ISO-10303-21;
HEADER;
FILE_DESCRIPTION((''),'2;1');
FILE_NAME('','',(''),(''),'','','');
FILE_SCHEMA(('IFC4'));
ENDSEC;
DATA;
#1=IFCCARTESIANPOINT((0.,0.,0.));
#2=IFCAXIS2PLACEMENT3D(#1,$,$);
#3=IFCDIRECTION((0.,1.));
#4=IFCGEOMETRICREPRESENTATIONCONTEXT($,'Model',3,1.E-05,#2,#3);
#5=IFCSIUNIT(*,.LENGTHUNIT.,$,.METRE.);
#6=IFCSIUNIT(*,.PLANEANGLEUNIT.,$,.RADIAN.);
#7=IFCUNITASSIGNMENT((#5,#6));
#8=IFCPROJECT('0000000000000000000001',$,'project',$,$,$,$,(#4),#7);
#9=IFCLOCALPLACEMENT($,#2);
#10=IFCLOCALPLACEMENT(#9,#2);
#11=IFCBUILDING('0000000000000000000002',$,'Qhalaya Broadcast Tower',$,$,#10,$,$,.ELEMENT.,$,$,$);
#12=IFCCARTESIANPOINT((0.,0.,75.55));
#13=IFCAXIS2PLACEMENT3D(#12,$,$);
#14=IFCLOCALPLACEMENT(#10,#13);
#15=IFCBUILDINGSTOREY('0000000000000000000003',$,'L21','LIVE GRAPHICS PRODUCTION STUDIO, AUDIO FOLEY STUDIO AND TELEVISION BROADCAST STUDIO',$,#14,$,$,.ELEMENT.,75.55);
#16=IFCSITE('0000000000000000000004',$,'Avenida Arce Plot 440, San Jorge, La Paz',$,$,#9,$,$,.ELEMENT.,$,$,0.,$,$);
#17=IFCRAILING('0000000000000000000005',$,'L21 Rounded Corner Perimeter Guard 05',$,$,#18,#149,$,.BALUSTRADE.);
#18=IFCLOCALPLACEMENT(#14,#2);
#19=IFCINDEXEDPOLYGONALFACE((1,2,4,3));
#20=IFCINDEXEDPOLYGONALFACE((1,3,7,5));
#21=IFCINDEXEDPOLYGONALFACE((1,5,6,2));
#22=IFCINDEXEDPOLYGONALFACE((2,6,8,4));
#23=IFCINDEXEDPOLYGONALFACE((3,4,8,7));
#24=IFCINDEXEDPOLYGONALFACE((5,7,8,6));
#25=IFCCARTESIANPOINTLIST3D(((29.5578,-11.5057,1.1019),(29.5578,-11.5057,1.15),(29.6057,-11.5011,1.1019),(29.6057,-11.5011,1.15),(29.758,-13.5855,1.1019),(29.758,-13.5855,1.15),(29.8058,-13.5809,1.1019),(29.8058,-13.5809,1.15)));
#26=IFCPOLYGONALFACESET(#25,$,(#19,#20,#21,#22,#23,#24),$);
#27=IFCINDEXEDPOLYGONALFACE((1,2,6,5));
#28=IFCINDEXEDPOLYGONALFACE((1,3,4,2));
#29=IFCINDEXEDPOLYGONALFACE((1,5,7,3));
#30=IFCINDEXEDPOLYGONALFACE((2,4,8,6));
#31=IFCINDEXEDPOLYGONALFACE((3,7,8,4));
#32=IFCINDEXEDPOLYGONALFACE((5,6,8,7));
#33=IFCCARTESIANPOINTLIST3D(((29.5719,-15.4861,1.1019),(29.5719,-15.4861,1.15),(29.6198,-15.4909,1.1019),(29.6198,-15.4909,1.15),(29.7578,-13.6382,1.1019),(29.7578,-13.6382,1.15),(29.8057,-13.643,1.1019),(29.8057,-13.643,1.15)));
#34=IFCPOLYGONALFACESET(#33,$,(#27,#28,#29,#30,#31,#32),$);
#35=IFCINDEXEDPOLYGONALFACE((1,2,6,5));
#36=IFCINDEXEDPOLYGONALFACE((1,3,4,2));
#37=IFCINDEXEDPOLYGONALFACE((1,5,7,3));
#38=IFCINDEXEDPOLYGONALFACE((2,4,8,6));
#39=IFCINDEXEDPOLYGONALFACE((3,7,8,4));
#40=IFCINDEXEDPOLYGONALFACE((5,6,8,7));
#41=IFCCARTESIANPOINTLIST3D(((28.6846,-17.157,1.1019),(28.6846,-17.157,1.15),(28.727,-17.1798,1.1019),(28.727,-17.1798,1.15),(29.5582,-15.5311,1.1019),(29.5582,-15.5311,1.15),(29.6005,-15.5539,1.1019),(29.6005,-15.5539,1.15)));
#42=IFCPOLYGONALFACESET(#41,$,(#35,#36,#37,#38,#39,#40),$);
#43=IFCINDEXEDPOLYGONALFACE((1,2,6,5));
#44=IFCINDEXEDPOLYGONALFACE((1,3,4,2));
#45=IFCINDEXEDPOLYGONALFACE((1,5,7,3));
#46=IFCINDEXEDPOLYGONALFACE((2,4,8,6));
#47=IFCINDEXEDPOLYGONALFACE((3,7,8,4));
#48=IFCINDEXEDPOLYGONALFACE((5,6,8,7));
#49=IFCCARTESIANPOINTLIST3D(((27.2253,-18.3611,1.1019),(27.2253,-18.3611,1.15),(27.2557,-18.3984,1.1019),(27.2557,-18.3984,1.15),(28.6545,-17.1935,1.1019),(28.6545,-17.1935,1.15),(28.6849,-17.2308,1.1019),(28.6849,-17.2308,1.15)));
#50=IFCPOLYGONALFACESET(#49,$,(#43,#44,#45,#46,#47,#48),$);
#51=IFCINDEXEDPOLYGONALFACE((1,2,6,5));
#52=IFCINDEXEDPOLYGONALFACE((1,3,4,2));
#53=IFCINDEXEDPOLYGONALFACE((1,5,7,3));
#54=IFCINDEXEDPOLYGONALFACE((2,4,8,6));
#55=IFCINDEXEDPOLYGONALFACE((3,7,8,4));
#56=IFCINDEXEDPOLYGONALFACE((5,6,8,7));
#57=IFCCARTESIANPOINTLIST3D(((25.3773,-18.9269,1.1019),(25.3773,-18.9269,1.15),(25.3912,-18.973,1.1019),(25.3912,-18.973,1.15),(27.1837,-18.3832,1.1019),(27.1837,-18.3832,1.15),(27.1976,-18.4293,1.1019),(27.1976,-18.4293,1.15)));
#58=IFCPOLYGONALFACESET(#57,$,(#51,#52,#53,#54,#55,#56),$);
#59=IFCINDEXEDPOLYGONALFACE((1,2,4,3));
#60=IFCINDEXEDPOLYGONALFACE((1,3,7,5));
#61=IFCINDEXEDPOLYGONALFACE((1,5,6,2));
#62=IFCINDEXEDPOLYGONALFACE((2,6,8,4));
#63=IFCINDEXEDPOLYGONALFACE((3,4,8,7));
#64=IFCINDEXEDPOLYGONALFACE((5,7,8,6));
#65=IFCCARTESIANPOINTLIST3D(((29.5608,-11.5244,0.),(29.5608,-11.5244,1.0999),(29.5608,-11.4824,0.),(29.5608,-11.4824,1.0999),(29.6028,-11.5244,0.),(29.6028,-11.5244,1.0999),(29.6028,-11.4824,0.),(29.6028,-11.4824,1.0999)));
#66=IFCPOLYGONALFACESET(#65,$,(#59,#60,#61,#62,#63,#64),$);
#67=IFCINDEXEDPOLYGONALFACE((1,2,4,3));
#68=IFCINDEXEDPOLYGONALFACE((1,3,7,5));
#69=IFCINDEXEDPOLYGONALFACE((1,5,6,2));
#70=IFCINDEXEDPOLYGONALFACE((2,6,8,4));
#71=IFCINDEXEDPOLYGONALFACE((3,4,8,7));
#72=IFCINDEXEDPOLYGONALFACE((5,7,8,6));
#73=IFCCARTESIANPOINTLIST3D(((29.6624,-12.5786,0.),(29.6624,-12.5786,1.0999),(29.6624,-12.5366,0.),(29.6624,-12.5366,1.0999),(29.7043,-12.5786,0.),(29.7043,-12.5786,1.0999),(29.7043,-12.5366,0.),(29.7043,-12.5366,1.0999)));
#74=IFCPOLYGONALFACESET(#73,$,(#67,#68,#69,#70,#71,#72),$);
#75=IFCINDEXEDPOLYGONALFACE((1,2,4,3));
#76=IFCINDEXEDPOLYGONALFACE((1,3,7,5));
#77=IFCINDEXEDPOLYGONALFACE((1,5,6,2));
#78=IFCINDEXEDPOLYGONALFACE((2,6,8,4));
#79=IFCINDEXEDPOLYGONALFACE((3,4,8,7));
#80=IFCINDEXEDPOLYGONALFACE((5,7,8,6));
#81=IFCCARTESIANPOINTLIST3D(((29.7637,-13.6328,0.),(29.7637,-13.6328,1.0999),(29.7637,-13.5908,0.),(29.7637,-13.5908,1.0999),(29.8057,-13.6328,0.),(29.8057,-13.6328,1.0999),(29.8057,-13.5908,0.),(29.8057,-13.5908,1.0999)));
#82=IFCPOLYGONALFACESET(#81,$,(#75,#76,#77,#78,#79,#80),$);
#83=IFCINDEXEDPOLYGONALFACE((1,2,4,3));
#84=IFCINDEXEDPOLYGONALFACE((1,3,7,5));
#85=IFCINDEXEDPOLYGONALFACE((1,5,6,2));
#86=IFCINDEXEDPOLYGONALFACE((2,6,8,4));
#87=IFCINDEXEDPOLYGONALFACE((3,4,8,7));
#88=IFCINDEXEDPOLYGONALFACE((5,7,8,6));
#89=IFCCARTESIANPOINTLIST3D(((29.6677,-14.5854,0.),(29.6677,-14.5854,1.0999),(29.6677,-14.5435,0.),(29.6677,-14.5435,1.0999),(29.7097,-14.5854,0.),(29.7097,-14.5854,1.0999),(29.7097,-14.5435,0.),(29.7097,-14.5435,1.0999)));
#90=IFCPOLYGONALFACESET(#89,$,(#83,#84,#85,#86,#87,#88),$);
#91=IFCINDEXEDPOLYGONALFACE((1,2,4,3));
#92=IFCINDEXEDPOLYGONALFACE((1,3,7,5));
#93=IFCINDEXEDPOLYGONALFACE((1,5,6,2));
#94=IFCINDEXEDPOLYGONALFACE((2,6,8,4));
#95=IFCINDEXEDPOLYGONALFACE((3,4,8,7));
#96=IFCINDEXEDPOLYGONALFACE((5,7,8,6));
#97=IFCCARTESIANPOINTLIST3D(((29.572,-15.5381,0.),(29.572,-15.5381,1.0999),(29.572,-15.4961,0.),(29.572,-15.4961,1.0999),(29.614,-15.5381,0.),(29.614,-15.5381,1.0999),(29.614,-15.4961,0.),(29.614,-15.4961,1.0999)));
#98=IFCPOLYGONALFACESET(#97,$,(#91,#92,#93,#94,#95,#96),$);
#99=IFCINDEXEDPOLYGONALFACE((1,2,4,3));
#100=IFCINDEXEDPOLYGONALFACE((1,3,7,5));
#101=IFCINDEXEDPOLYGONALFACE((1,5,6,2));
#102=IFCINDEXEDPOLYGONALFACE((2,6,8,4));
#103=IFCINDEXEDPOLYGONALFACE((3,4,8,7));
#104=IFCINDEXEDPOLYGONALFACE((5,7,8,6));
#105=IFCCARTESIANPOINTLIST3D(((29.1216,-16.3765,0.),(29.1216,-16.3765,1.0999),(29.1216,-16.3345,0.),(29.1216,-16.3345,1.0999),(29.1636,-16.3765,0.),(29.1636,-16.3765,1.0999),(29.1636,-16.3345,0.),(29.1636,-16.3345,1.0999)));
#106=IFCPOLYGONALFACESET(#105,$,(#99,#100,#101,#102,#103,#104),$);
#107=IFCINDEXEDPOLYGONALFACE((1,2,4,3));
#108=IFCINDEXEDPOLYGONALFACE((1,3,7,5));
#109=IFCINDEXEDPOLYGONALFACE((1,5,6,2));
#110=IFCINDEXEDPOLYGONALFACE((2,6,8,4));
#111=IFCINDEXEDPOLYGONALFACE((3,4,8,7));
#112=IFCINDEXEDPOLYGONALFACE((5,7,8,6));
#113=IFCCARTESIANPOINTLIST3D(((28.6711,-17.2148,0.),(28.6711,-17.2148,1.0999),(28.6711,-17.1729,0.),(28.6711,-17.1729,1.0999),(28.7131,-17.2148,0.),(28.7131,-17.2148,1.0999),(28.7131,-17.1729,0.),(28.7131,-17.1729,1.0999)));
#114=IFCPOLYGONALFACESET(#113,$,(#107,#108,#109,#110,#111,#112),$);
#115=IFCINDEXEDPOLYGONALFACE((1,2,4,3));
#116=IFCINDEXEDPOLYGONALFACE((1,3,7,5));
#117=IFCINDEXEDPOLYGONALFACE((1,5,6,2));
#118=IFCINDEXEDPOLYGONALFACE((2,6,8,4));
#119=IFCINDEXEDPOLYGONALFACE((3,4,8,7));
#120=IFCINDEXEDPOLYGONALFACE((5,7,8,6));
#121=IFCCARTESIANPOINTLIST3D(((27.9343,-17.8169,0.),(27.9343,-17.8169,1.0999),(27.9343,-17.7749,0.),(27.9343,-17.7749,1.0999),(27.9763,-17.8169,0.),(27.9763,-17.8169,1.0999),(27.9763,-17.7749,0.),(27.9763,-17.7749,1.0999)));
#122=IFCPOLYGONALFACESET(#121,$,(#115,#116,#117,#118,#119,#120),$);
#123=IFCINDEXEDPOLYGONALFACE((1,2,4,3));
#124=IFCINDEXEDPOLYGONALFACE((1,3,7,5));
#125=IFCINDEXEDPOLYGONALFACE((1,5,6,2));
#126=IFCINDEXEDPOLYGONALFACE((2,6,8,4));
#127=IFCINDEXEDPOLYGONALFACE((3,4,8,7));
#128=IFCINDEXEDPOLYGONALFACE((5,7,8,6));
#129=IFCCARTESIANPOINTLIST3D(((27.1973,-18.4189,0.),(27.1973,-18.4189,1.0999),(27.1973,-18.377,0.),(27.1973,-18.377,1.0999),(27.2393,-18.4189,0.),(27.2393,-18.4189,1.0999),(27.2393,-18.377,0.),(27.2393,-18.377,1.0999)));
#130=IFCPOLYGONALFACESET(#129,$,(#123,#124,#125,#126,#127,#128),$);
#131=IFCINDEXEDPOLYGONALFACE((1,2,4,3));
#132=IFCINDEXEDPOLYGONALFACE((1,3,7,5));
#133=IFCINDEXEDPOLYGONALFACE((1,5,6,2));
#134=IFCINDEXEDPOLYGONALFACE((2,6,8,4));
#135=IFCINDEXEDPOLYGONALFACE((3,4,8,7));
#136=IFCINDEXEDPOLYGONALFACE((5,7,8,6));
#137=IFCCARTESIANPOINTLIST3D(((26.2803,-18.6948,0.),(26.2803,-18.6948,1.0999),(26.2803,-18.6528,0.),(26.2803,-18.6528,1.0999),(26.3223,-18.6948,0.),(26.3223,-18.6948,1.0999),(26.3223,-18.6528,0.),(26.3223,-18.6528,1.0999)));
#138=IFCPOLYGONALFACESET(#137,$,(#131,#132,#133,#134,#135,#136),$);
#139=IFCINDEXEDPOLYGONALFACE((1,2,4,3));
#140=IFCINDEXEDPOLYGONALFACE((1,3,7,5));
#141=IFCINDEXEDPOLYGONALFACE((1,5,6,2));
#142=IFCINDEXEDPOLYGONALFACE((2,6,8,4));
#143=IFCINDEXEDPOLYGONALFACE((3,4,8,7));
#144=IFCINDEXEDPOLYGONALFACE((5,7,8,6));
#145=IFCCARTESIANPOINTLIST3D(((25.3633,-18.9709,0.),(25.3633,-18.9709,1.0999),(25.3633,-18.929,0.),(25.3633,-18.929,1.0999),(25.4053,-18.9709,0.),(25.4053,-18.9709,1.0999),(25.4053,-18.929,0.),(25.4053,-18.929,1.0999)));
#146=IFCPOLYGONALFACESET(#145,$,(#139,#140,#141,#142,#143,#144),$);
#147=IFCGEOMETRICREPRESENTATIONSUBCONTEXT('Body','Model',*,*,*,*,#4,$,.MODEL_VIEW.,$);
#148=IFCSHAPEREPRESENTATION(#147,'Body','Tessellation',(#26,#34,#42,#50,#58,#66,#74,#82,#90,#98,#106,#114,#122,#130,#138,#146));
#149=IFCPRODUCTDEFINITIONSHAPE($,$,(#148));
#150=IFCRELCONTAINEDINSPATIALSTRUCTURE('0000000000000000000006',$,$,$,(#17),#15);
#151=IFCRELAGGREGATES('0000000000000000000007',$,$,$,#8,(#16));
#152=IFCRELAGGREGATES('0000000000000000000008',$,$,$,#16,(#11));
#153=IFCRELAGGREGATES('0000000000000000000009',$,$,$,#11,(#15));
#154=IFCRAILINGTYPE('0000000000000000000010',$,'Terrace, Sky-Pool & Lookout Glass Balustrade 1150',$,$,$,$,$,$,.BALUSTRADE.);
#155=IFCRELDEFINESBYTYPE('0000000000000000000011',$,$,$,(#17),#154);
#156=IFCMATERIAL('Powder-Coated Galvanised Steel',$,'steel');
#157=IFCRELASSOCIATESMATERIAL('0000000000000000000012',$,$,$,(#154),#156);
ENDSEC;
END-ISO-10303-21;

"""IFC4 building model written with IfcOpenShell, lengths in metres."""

from ifc_helpers import new_model, si_unit, direction, frame, origin, origin_2d, place, context, subcontext, project, spatial, rectangle, extrude, material, type_object, element, save


model = new_model("IFC4")

# Units and contexts
model_context = context("Model", 3, precision=1e-05, world=origin(), true_north=direction((0.0, 1.0)))
body_context = subcontext(model_context, "Body", "Model", "MODEL_VIEW")
ifc_project = project(units=[si_unit("LENGTHUNIT", "METRE"), si_unit("PLANEANGLEUNIT", "RADIAN")], contexts=[model_context])

# Site, building, storey
site_placement = place(None, origin())
site = spatial("IfcSite", under=ifc_project, at=site_placement, Name="Avenida Arce Plot 440, San Jorge, La Paz", CompositionType="ELEMENT", RefElevation=0.0)
building_placement = place(site_placement, origin())
building = spatial("IfcBuilding", under=site, at=building_placement, Name="Qhalaya Broadcast Tower", CompositionType="ELEMENT")
storey_placement = place(building_placement, frame((0.0, 0.0, 75.55)))
storey = spatial("IfcBuildingStorey", under=building, at=storey_placement, Name="L21", Description="LIVE GRAPHICS PRODUCTION STUDIO, AUDIO FOLEY STUDIO AND TELEVISION BROADCAST STUDIO", CompositionType="ELEMENT", Elevation=75.55)

# Railing
ifc_material_1 = material(Name="Powder-Coated Galvanised Steel", Category="steel")
railing_type = type_object("IfcRailingType", Name="Terrace, Sky-Pool & Lookout Glass Balustrade 1150", PredefinedType="BALUSTRADE", material=ifc_material_1)
railing_1_placement = place(storey_placement, frame((29.5818, -11.5034, 0.0)))
element("IfcRailing", 1, at=railing_1_placement, inside=storey, type_object=railing_type, Name="L21 Rounded Corner Perimeter Guard 05", PredefinedType="BALUSTRADE", context=body_context, shape_type="SweptSolid", body=[
    extrude(rectangle(XDim=0.0481, YDim=0.0481, at=origin_2d()), frame((0.0, 0.0, 1.126), z_axis=(0.095783, -0.995402, 0.0), x_axis=(0.995402, 0.095783, 0.0)), (0.0, 0.0, 1.0), 2.0894),
    extrude(rectangle(XDim=0.0481, YDim=0.0481, at=origin_2d()), frame((0.2, -2.1372, 1.126), z_axis=(-0.100084, -0.994979, 0.0), x_axis=(0.994979, -0.100084, 0.0)), (0.0, 0.0, 1.0), 1.8572),
    extrude(rectangle(XDim=0.0481, YDim=0.0481, at=origin_2d()), frame((-0.0024, -4.0391, 1.126), z_axis=(-0.473289, -0.880907, 0.0), x_axis=(0.880907, -0.473289, 0.0)), (0.0, 0.0, 1.0), 1.8457),
    extrude(rectangle(XDim=0.0481, YDim=0.0481, at=origin_2d()), frame((-0.9121, -5.7087, 1.126), z_axis=(-0.77442, -0.632672, 0.0), x_axis=(0.632672, -0.77442, 0.0)), (0.0, 0.0, 1.0), 1.8455),
    extrude(rectangle(XDim=0.0481, YDim=0.0481, at=origin_2d()), frame((-2.3911, -6.9028, 1.126), z_axis=(-0.957566, -0.288213, 0.0), x_axis=(0.288213, -0.957566, 0.0)), (0.0, 0.0, 1.0), 1.8865),
    extrude(rectangle(XDim=0.042, YDim=0.042, at=origin_2d()), origin(), (0.0, 0.0, 1.0), 1.0999),
    extrude(rectangle(XDim=0.042, YDim=0.042, at=origin_2d()), frame((0.1016, -1.0542, 0.0)), (0.0, 0.0, 1.0), 1.0999),
    extrude(rectangle(XDim=0.042, YDim=0.042, at=origin_2d()), frame((0.2029, -2.1084, 0.0)), (0.0, 0.0, 1.0), 1.0999),
    extrude(rectangle(XDim=0.042, YDim=0.042, at=origin_2d()), frame((0.1069, -3.061, 0.0)), (0.0, 0.0, 1.0), 1.0999),
    extrude(rectangle(XDim=0.042, YDim=0.042, at=origin_2d()), frame((0.0112, -4.0137, 0.0)), (0.0, 0.0, 1.0), 1.0999),
    extrude(rectangle(XDim=0.042, YDim=0.042, at=origin_2d()), frame((-0.4392, -4.8521, 0.0)), (0.0, 0.0, 1.0), 1.0999),
    extrude(rectangle(XDim=0.042, YDim=0.042, at=origin_2d()), frame((-0.8896, -5.6904, 0.0)), (0.0, 0.0, 1.0), 1.0999),
    extrude(rectangle(XDim=0.042, YDim=0.042, at=origin_2d()), frame((-1.6265, -6.2925, 0.0)), (0.0, 0.0, 1.0), 1.0999),
    extrude(rectangle(XDim=0.042, YDim=0.042, at=origin_2d()), frame((-2.3635, -6.8945, 0.0)), (0.0, 0.0, 1.0), 1.0999),
    extrude(rectangle(XDim=0.042, YDim=0.042, at=origin_2d()), frame((-3.2805, -7.1704, 0.0)), (0.0, 0.0, 1.0), 1.0999),
    extrude(rectangle(XDim=0.042, YDim=0.042, at=origin_2d()), frame((-4.1975, -7.4465, 0.0)), (0.0, 0.0, 1.0), 1.0999),
])

save(model, "model.ifc")
